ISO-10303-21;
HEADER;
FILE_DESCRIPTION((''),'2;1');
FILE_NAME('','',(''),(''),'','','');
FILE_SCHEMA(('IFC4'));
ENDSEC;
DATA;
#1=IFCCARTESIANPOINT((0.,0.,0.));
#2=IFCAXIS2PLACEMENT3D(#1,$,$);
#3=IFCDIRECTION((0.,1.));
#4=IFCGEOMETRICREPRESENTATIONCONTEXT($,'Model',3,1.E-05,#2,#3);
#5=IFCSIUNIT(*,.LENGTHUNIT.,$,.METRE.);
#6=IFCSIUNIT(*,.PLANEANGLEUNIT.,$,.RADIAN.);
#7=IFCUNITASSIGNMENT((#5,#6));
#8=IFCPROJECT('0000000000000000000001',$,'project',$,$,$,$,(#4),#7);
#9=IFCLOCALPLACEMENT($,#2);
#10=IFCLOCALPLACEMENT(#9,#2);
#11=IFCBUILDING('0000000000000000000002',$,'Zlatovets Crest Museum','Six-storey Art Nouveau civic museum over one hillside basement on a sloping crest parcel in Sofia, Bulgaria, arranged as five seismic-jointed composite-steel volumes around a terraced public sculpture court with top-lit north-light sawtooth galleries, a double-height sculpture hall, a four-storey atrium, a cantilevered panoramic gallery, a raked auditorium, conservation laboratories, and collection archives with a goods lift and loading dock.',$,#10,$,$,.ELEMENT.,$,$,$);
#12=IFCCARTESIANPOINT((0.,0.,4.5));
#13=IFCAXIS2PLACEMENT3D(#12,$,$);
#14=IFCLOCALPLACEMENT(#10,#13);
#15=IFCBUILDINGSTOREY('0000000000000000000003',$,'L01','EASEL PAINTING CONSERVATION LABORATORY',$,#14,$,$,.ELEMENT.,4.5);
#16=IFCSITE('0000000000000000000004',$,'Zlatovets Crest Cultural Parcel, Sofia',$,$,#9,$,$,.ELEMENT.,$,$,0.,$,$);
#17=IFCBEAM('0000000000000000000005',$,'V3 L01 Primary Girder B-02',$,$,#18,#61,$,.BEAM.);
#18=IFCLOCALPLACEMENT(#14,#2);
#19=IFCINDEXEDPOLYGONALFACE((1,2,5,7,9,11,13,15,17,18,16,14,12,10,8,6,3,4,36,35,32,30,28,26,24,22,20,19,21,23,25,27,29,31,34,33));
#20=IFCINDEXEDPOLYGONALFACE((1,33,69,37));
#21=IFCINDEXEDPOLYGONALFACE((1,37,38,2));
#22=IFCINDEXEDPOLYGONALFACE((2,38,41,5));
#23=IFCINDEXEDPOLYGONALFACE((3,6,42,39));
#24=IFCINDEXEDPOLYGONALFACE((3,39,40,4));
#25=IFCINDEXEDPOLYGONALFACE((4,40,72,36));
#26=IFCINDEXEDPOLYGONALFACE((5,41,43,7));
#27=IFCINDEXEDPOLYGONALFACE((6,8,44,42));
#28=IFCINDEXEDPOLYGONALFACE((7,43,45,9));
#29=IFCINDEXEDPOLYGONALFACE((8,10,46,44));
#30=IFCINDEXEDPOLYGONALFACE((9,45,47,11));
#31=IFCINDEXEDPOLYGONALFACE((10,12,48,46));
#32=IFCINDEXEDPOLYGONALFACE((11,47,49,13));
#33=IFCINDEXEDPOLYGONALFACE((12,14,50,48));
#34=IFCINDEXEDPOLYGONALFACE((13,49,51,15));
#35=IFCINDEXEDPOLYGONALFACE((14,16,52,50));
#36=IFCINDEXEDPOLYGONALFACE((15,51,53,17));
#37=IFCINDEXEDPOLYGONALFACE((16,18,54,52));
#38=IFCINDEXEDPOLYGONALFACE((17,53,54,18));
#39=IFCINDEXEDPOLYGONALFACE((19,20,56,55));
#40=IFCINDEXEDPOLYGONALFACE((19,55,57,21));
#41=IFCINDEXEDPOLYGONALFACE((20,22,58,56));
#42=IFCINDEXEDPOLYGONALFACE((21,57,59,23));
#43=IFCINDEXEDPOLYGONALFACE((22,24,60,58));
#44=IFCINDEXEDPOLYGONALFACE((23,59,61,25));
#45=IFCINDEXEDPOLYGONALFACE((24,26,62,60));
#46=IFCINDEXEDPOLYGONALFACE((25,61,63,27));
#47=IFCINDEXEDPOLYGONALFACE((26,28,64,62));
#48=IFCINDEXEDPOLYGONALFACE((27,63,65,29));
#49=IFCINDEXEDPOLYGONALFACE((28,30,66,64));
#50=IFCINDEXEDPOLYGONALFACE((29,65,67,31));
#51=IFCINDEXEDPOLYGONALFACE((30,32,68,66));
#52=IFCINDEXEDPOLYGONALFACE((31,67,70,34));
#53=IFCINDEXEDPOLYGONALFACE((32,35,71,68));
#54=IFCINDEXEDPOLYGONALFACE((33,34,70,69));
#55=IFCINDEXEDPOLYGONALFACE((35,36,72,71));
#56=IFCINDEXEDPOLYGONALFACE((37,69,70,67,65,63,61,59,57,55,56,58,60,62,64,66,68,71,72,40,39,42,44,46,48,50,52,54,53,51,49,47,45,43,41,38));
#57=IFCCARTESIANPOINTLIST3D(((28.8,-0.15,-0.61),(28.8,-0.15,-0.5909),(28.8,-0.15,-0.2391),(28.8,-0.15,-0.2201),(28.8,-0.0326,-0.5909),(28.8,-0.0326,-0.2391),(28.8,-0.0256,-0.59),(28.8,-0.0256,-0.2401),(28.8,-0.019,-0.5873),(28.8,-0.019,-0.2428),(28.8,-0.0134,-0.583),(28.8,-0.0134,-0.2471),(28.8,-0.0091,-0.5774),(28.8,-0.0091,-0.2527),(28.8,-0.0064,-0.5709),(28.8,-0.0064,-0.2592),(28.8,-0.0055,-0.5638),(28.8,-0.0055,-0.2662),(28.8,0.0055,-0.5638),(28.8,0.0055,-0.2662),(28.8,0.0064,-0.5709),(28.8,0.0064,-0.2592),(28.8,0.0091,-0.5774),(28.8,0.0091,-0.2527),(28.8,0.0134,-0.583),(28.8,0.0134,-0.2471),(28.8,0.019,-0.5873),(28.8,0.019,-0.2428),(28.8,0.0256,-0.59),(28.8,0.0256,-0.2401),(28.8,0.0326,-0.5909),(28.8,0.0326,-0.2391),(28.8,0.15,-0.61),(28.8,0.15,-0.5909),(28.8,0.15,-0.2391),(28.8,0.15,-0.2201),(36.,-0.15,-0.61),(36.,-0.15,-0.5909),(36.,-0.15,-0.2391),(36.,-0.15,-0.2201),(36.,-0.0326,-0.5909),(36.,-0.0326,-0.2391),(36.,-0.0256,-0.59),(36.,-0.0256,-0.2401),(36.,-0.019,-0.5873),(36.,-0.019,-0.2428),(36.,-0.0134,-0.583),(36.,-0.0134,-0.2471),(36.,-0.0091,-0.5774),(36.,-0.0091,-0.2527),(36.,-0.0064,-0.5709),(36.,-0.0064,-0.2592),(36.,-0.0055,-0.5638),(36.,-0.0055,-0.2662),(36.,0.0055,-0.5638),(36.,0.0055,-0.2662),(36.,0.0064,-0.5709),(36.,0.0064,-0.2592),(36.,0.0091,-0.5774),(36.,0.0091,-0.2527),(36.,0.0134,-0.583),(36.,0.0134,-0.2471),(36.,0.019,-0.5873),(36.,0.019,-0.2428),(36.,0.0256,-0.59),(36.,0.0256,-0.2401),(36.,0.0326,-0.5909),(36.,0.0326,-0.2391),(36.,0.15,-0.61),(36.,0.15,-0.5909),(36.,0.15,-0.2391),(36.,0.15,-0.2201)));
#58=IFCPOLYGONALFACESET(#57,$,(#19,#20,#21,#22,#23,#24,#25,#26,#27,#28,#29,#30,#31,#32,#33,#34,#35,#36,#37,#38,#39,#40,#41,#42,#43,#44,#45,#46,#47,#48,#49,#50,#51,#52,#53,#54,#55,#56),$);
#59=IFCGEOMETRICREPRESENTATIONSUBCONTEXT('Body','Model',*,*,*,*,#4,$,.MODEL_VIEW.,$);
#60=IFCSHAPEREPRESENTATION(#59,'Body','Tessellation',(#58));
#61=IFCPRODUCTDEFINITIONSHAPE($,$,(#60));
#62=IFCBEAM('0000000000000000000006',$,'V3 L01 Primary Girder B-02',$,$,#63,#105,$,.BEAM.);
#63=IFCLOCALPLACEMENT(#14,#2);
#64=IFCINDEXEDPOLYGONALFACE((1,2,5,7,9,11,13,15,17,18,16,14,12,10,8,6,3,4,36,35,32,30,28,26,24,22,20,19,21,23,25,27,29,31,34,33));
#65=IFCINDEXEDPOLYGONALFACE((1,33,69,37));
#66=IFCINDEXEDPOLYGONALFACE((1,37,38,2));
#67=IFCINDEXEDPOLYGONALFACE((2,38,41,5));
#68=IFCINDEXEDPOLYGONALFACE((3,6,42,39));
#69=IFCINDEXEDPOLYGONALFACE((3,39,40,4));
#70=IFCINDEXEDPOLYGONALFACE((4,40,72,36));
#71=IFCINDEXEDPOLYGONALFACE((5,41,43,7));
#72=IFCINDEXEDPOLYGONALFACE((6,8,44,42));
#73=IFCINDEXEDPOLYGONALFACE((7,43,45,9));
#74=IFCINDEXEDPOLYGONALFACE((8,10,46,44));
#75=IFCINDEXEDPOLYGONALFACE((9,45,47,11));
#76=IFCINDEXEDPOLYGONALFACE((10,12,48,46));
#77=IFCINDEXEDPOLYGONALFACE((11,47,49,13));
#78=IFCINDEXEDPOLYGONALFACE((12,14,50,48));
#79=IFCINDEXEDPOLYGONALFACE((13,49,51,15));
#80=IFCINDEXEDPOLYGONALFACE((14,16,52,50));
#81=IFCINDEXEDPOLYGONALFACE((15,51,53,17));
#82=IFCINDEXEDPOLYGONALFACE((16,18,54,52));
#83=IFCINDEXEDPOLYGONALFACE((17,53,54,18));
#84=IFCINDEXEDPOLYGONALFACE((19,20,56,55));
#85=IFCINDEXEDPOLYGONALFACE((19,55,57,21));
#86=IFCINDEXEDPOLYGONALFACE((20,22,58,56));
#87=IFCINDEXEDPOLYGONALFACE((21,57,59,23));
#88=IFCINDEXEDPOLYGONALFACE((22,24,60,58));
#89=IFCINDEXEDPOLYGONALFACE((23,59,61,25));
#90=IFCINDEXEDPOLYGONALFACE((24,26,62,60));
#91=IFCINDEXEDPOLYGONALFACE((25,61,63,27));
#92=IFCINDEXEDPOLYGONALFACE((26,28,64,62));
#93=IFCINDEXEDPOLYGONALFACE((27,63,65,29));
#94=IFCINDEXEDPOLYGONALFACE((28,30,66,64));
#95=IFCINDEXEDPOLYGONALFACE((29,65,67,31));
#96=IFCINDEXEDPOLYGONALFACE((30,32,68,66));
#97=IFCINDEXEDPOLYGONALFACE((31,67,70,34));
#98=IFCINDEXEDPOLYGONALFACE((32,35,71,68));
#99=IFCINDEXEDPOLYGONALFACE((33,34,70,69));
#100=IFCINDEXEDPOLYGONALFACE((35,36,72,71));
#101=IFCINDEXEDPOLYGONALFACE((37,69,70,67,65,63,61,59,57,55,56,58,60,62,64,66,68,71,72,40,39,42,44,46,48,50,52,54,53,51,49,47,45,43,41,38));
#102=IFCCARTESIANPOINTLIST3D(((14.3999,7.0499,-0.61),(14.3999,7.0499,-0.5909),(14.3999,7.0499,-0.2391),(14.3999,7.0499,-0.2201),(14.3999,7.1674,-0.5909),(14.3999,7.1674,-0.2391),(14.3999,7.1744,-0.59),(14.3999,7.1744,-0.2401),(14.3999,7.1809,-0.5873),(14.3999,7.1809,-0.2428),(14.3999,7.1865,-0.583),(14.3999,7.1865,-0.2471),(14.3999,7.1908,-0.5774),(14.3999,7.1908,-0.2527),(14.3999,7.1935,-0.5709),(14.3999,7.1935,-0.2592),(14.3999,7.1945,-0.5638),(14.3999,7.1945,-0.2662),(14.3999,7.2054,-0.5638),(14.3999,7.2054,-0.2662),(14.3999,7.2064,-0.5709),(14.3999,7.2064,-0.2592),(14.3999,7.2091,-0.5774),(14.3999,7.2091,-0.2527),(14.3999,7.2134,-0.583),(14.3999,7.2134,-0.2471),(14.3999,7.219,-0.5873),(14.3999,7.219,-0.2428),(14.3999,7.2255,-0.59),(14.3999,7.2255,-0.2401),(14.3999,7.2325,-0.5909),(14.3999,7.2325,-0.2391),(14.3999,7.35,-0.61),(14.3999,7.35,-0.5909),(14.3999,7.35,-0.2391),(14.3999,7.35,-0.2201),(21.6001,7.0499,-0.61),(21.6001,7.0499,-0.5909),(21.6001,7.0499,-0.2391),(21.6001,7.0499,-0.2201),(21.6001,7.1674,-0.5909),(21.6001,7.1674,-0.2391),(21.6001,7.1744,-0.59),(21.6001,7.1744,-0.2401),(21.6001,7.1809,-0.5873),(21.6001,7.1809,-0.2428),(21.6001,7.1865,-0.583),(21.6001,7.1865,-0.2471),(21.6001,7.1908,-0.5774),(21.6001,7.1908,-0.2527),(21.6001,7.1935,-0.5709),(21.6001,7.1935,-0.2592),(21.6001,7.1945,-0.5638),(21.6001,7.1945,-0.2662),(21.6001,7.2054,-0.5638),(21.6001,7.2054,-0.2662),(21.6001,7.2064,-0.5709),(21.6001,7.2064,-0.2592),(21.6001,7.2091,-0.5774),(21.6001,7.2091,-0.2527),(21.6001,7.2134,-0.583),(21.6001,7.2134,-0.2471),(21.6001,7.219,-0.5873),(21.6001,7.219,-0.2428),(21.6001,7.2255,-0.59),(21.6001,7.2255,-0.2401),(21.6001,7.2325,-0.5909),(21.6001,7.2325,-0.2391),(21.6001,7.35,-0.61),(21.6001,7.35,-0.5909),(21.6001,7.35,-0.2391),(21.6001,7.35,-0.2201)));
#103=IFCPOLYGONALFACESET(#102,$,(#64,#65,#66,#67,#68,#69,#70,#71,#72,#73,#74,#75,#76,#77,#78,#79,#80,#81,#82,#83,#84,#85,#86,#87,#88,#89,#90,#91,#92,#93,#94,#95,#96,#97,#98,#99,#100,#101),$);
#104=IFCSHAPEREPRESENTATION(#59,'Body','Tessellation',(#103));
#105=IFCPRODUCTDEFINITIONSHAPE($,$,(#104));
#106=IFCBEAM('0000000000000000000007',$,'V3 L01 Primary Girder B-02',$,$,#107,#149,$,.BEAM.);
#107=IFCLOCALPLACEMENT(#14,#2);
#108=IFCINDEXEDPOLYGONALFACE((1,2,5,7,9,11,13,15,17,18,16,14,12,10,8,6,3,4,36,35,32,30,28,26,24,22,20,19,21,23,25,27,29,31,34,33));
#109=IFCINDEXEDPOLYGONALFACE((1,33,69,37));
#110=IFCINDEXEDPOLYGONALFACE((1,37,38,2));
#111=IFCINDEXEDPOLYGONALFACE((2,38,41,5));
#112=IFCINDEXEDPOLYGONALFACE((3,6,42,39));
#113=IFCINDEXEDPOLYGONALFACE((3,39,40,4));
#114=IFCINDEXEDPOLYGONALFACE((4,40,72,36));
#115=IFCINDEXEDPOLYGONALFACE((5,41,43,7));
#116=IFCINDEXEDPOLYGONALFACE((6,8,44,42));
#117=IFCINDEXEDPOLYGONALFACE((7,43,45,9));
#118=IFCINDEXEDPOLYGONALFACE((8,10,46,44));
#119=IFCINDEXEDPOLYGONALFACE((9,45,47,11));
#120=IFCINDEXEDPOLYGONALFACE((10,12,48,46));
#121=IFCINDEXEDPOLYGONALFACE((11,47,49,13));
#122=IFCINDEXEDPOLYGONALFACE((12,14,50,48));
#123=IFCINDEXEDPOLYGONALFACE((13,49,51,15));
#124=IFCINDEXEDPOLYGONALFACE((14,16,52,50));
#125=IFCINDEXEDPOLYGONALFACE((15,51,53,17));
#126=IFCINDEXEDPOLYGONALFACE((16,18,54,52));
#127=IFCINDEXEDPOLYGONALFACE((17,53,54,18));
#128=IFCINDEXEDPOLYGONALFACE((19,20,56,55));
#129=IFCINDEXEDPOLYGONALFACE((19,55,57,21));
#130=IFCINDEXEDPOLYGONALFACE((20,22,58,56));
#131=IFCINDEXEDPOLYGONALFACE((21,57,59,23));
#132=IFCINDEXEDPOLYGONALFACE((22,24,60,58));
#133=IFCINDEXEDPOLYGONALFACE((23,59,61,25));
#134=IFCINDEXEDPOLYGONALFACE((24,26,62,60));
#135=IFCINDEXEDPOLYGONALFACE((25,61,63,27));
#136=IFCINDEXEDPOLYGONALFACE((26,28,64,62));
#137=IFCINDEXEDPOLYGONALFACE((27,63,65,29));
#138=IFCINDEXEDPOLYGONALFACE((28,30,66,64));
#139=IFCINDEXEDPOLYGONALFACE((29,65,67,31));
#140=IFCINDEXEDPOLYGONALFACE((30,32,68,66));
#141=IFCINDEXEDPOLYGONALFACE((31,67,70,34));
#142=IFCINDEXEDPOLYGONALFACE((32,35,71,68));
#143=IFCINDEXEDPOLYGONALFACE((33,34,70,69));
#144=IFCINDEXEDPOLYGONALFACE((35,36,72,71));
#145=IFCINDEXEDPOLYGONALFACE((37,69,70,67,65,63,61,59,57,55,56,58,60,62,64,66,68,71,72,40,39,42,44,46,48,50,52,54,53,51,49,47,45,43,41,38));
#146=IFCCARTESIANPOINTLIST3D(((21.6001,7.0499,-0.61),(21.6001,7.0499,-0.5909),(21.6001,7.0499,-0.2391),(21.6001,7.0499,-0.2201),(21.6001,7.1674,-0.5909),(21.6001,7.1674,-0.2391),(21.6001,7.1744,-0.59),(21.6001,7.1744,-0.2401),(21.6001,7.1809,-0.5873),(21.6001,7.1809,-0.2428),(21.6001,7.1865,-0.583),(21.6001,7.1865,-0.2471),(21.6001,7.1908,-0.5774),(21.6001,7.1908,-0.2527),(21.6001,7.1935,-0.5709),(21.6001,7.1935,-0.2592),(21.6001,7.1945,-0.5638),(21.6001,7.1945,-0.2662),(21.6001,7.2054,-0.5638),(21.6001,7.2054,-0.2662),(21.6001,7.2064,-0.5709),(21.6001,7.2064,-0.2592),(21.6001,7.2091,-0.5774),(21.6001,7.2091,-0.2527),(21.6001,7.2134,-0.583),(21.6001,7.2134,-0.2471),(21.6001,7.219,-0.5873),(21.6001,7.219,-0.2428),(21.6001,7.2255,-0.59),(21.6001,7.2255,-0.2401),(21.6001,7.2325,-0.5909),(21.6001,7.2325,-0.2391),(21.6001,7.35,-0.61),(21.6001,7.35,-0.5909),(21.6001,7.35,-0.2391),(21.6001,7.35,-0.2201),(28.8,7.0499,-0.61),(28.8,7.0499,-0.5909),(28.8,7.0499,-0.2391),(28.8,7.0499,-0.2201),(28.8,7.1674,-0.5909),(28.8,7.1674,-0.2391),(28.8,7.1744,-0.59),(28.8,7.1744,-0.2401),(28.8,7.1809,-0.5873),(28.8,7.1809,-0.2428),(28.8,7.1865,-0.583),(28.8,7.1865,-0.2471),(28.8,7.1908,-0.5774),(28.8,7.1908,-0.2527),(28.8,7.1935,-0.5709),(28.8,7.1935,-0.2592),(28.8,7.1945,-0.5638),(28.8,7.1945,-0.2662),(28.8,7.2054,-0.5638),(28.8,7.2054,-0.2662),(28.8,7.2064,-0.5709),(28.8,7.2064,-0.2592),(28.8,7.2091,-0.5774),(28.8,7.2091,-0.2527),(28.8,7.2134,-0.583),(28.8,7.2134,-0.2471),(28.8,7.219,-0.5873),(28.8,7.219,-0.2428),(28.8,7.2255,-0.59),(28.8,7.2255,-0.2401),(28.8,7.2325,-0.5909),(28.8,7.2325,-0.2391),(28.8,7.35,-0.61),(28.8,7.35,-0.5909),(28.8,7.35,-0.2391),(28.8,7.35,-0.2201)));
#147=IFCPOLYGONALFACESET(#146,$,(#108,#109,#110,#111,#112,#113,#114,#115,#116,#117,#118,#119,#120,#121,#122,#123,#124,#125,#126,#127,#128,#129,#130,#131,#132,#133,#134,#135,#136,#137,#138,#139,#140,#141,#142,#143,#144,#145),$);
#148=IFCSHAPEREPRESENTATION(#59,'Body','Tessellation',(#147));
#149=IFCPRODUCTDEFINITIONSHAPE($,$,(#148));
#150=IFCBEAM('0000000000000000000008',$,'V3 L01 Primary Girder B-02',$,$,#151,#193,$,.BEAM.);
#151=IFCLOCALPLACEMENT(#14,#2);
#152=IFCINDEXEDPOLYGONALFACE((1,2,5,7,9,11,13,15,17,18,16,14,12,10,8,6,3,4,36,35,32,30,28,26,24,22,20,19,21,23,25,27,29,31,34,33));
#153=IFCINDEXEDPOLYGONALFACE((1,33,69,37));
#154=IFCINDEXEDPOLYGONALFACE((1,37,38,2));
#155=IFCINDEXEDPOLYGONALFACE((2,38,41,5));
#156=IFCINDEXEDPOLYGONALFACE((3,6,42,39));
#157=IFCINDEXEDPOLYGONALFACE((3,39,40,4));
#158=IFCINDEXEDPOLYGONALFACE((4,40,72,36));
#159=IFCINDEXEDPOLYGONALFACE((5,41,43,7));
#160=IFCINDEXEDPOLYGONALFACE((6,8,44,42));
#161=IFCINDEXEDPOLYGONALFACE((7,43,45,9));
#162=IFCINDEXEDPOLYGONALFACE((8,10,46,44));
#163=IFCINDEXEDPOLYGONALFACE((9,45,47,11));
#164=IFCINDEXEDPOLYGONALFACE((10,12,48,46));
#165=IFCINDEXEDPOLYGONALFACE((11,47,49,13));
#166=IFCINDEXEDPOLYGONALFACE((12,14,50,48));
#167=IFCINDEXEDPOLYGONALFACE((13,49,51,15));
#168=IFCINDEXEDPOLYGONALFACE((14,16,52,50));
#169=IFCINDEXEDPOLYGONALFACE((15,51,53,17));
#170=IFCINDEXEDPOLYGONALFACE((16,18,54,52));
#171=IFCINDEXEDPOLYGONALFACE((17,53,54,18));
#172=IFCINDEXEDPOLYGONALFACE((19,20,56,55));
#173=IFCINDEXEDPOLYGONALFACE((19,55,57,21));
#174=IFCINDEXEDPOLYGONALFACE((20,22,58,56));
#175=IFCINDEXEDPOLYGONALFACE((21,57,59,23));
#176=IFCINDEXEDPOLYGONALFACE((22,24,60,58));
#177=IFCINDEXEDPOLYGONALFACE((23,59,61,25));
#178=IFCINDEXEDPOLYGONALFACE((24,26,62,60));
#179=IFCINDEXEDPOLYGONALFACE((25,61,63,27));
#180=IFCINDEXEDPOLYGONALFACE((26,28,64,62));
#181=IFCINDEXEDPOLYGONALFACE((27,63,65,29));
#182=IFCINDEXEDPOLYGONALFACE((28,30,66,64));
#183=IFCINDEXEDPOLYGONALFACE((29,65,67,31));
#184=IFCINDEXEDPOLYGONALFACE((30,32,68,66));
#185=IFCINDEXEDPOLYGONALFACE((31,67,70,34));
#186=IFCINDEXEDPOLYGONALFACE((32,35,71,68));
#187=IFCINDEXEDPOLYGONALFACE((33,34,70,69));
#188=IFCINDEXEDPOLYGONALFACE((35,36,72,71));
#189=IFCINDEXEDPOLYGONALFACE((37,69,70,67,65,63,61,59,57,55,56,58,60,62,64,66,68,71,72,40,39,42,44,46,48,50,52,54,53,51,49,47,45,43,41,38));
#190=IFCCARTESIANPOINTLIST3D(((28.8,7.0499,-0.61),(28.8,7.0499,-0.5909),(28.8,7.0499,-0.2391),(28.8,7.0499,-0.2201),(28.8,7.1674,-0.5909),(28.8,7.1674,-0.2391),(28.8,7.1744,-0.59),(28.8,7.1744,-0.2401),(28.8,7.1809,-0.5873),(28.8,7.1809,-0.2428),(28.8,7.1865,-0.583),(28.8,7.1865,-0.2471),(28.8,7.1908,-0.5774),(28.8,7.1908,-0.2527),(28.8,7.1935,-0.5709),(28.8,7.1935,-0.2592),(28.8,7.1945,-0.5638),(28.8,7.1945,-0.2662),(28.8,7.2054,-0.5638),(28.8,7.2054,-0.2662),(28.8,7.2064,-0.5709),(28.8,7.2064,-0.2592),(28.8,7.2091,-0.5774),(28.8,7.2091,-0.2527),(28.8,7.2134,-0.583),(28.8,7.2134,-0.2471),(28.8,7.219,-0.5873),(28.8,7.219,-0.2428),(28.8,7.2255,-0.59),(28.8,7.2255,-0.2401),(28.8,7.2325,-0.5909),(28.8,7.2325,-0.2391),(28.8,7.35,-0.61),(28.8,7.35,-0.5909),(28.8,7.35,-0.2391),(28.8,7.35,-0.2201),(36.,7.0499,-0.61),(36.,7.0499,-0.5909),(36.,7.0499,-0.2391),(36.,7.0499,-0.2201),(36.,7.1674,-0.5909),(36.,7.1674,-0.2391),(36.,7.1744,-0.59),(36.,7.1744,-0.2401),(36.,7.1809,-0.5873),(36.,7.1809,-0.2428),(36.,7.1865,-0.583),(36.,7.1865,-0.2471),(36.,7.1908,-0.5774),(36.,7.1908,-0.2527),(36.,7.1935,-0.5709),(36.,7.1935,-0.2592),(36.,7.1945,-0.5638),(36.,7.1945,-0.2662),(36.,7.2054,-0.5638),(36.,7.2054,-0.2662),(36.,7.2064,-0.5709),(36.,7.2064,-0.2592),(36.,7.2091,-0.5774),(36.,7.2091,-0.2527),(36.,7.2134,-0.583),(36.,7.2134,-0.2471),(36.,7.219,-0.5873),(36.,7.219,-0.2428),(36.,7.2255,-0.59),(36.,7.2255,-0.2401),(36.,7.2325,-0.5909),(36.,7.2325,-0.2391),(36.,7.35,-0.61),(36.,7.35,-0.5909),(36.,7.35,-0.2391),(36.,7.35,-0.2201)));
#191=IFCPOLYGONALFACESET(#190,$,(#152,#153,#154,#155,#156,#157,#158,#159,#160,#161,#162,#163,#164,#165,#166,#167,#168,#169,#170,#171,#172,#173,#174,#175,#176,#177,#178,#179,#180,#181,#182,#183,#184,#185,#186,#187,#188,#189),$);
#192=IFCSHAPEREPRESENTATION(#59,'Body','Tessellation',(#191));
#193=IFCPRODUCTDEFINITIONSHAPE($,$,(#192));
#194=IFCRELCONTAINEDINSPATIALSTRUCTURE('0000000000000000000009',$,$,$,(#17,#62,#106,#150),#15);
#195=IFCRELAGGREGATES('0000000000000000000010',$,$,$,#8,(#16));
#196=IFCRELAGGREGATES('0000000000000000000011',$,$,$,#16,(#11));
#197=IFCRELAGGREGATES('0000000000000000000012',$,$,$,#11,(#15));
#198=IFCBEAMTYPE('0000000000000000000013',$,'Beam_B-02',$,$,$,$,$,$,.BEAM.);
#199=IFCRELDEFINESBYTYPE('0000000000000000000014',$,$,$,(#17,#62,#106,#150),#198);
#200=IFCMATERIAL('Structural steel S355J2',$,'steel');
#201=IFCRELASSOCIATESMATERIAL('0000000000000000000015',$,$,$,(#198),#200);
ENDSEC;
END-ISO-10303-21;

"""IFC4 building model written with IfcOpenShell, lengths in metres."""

from ifc_helpers import new_model, si_unit, direction, frame, origin, origin_2d, place, context, subcontext, project, spatial, i_section, extrude, material, material_profile, profile_set, type_object, element, save


model = new_model("IFC4")

# Units and contexts
model_context = context("Model", 3, precision=1e-05, world=origin(), true_north=direction((0.0, 1.0)))
body_context = subcontext(model_context, "Body", "Model", "MODEL_VIEW")
ifc_project = project(units=[si_unit("LENGTHUNIT", "METRE"), si_unit("PLANEANGLEUNIT", "RADIAN")], contexts=[model_context])

# Site, building, storey
site_placement = place(None, origin())
site = spatial("IfcSite", under=ifc_project, at=site_placement, Name="Zlatovets Crest Cultural Parcel, Sofia", CompositionType="ELEMENT", RefElevation=0.0)
building_placement = place(site_placement, origin())
building = spatial("IfcBuilding", under=site, at=building_placement, Name="Zlatovets Crest Museum", Description="Six-storey Art Nouveau civic museum over one hillside basement on a sloping crest parcel in Sofia, Bulgaria, arranged as five seismic-jointed composite-steel volumes around a terraced public sculpture court with top-lit north-light sawtooth galleries, a double-height sculpture hall, a four-storey atrium, a cantilevered panoramic gallery, a raked auditorium, conservation laboratories, and collection archives with a goods lift and loading dock.", CompositionType="ELEMENT")
storey_placement = place(building_placement, frame((0.0, 0.0, 4.5)))
storey = spatial("IfcBuildingStorey", under=building, at=storey_placement, Name="L01", Description="EASEL PAINTING CONSERVATION LABORATORY", CompositionType="ELEMENT", Elevation=4.5)

# Shared definitions
ifc_material_1 = material(Name="Structural steel S355J2", Category="steel")

# Beams
ifc_material_profile_1 = material_profile(ifc_material_1, i_section(OverallWidth=0.3, OverallDepth=0.3899, WebThickness=0.011, FlangeThickness=0.019, FilletRadius=0.0271, at=origin_2d()), Name="HEA 400")
ifc_profile_set_1 = profile_set([ifc_material_profile_1], Name="Structural steel S355J2")
beam_type_1 = type_object("IfcBeamType", Name="Beam_B-02", PredefinedType="BEAM", material=ifc_profile_set_1)
for number, where, z_axis, x_axis, name in (
    (1, (28.8, 0.0, -0.415), (1.0, 0.0, 0.0), (0.0, 1.0, 0.0), "V3 L01 Primary Girder B-02"),
):
    element("IfcBeam", number, at=place(storey_placement, frame(where, z_axis=z_axis, x_axis=x_axis)), inside=storey, type_object=beam_type_1, Name=name, PredefinedType="BEAM", context=body_context, shape_type="SweptSolid", body=[
        extrude(i_section(OverallWidth=0.3, OverallDepth=0.3899, WebThickness=0.011, FlangeThickness=0.019, FilletRadius=0.0271, at=origin_2d()), origin(), (0.0, 0.0, 1.0), 7.2),
    ])
beam_1_placement = place(storey_placement, frame((14.3999, 7.2, -0.415), z_axis=(1.0, 0.0, 0.0), x_axis=(0.0, 1.0, 0.0)))
element("IfcBeam", 2, at=beam_1_placement, inside=storey, type_object=beam_type_1, Name="V3 L01 Primary Girder B-02", PredefinedType="BEAM", context=body_context, shape_type="SweptSolid", body=[
    extrude(i_section(OverallWidth=0.3, OverallDepth=0.3899, WebThickness=0.011, FlangeThickness=0.019, FilletRadius=0.0271, at=origin_2d()), origin(), (0.0, 0.0, 1.0), 7.2002),
])
for number, where, z_axis, x_axis, name in (
    (3, (21.6001, 7.2, -0.415), (1.0, 0.0, 0.0), (0.0, 1.0, 0.0), "V3 L01 Primary Girder B-02"),
    (4, (28.8, 7.2, -0.415), (1.0, 0.0, 0.0), (0.0, 1.0, 0.0), "V3 L01 Primary Girder B-02"),
):
    element("IfcBeam", number, at=place(storey_placement, frame(where, z_axis=z_axis, x_axis=x_axis)), inside=storey, type_object=beam_type_1, Name=name, PredefinedType="BEAM", context=body_context, shape_type="SweptSolid", body=[
        extrude(i_section(OverallWidth=0.3, OverallDepth=0.3899, WebThickness=0.011, FlangeThickness=0.019, FilletRadius=0.0271, at=origin_2d()), origin(), (0.0, 0.0, 1.0), 7.2),
    ])

save(model, "model.ifc")
